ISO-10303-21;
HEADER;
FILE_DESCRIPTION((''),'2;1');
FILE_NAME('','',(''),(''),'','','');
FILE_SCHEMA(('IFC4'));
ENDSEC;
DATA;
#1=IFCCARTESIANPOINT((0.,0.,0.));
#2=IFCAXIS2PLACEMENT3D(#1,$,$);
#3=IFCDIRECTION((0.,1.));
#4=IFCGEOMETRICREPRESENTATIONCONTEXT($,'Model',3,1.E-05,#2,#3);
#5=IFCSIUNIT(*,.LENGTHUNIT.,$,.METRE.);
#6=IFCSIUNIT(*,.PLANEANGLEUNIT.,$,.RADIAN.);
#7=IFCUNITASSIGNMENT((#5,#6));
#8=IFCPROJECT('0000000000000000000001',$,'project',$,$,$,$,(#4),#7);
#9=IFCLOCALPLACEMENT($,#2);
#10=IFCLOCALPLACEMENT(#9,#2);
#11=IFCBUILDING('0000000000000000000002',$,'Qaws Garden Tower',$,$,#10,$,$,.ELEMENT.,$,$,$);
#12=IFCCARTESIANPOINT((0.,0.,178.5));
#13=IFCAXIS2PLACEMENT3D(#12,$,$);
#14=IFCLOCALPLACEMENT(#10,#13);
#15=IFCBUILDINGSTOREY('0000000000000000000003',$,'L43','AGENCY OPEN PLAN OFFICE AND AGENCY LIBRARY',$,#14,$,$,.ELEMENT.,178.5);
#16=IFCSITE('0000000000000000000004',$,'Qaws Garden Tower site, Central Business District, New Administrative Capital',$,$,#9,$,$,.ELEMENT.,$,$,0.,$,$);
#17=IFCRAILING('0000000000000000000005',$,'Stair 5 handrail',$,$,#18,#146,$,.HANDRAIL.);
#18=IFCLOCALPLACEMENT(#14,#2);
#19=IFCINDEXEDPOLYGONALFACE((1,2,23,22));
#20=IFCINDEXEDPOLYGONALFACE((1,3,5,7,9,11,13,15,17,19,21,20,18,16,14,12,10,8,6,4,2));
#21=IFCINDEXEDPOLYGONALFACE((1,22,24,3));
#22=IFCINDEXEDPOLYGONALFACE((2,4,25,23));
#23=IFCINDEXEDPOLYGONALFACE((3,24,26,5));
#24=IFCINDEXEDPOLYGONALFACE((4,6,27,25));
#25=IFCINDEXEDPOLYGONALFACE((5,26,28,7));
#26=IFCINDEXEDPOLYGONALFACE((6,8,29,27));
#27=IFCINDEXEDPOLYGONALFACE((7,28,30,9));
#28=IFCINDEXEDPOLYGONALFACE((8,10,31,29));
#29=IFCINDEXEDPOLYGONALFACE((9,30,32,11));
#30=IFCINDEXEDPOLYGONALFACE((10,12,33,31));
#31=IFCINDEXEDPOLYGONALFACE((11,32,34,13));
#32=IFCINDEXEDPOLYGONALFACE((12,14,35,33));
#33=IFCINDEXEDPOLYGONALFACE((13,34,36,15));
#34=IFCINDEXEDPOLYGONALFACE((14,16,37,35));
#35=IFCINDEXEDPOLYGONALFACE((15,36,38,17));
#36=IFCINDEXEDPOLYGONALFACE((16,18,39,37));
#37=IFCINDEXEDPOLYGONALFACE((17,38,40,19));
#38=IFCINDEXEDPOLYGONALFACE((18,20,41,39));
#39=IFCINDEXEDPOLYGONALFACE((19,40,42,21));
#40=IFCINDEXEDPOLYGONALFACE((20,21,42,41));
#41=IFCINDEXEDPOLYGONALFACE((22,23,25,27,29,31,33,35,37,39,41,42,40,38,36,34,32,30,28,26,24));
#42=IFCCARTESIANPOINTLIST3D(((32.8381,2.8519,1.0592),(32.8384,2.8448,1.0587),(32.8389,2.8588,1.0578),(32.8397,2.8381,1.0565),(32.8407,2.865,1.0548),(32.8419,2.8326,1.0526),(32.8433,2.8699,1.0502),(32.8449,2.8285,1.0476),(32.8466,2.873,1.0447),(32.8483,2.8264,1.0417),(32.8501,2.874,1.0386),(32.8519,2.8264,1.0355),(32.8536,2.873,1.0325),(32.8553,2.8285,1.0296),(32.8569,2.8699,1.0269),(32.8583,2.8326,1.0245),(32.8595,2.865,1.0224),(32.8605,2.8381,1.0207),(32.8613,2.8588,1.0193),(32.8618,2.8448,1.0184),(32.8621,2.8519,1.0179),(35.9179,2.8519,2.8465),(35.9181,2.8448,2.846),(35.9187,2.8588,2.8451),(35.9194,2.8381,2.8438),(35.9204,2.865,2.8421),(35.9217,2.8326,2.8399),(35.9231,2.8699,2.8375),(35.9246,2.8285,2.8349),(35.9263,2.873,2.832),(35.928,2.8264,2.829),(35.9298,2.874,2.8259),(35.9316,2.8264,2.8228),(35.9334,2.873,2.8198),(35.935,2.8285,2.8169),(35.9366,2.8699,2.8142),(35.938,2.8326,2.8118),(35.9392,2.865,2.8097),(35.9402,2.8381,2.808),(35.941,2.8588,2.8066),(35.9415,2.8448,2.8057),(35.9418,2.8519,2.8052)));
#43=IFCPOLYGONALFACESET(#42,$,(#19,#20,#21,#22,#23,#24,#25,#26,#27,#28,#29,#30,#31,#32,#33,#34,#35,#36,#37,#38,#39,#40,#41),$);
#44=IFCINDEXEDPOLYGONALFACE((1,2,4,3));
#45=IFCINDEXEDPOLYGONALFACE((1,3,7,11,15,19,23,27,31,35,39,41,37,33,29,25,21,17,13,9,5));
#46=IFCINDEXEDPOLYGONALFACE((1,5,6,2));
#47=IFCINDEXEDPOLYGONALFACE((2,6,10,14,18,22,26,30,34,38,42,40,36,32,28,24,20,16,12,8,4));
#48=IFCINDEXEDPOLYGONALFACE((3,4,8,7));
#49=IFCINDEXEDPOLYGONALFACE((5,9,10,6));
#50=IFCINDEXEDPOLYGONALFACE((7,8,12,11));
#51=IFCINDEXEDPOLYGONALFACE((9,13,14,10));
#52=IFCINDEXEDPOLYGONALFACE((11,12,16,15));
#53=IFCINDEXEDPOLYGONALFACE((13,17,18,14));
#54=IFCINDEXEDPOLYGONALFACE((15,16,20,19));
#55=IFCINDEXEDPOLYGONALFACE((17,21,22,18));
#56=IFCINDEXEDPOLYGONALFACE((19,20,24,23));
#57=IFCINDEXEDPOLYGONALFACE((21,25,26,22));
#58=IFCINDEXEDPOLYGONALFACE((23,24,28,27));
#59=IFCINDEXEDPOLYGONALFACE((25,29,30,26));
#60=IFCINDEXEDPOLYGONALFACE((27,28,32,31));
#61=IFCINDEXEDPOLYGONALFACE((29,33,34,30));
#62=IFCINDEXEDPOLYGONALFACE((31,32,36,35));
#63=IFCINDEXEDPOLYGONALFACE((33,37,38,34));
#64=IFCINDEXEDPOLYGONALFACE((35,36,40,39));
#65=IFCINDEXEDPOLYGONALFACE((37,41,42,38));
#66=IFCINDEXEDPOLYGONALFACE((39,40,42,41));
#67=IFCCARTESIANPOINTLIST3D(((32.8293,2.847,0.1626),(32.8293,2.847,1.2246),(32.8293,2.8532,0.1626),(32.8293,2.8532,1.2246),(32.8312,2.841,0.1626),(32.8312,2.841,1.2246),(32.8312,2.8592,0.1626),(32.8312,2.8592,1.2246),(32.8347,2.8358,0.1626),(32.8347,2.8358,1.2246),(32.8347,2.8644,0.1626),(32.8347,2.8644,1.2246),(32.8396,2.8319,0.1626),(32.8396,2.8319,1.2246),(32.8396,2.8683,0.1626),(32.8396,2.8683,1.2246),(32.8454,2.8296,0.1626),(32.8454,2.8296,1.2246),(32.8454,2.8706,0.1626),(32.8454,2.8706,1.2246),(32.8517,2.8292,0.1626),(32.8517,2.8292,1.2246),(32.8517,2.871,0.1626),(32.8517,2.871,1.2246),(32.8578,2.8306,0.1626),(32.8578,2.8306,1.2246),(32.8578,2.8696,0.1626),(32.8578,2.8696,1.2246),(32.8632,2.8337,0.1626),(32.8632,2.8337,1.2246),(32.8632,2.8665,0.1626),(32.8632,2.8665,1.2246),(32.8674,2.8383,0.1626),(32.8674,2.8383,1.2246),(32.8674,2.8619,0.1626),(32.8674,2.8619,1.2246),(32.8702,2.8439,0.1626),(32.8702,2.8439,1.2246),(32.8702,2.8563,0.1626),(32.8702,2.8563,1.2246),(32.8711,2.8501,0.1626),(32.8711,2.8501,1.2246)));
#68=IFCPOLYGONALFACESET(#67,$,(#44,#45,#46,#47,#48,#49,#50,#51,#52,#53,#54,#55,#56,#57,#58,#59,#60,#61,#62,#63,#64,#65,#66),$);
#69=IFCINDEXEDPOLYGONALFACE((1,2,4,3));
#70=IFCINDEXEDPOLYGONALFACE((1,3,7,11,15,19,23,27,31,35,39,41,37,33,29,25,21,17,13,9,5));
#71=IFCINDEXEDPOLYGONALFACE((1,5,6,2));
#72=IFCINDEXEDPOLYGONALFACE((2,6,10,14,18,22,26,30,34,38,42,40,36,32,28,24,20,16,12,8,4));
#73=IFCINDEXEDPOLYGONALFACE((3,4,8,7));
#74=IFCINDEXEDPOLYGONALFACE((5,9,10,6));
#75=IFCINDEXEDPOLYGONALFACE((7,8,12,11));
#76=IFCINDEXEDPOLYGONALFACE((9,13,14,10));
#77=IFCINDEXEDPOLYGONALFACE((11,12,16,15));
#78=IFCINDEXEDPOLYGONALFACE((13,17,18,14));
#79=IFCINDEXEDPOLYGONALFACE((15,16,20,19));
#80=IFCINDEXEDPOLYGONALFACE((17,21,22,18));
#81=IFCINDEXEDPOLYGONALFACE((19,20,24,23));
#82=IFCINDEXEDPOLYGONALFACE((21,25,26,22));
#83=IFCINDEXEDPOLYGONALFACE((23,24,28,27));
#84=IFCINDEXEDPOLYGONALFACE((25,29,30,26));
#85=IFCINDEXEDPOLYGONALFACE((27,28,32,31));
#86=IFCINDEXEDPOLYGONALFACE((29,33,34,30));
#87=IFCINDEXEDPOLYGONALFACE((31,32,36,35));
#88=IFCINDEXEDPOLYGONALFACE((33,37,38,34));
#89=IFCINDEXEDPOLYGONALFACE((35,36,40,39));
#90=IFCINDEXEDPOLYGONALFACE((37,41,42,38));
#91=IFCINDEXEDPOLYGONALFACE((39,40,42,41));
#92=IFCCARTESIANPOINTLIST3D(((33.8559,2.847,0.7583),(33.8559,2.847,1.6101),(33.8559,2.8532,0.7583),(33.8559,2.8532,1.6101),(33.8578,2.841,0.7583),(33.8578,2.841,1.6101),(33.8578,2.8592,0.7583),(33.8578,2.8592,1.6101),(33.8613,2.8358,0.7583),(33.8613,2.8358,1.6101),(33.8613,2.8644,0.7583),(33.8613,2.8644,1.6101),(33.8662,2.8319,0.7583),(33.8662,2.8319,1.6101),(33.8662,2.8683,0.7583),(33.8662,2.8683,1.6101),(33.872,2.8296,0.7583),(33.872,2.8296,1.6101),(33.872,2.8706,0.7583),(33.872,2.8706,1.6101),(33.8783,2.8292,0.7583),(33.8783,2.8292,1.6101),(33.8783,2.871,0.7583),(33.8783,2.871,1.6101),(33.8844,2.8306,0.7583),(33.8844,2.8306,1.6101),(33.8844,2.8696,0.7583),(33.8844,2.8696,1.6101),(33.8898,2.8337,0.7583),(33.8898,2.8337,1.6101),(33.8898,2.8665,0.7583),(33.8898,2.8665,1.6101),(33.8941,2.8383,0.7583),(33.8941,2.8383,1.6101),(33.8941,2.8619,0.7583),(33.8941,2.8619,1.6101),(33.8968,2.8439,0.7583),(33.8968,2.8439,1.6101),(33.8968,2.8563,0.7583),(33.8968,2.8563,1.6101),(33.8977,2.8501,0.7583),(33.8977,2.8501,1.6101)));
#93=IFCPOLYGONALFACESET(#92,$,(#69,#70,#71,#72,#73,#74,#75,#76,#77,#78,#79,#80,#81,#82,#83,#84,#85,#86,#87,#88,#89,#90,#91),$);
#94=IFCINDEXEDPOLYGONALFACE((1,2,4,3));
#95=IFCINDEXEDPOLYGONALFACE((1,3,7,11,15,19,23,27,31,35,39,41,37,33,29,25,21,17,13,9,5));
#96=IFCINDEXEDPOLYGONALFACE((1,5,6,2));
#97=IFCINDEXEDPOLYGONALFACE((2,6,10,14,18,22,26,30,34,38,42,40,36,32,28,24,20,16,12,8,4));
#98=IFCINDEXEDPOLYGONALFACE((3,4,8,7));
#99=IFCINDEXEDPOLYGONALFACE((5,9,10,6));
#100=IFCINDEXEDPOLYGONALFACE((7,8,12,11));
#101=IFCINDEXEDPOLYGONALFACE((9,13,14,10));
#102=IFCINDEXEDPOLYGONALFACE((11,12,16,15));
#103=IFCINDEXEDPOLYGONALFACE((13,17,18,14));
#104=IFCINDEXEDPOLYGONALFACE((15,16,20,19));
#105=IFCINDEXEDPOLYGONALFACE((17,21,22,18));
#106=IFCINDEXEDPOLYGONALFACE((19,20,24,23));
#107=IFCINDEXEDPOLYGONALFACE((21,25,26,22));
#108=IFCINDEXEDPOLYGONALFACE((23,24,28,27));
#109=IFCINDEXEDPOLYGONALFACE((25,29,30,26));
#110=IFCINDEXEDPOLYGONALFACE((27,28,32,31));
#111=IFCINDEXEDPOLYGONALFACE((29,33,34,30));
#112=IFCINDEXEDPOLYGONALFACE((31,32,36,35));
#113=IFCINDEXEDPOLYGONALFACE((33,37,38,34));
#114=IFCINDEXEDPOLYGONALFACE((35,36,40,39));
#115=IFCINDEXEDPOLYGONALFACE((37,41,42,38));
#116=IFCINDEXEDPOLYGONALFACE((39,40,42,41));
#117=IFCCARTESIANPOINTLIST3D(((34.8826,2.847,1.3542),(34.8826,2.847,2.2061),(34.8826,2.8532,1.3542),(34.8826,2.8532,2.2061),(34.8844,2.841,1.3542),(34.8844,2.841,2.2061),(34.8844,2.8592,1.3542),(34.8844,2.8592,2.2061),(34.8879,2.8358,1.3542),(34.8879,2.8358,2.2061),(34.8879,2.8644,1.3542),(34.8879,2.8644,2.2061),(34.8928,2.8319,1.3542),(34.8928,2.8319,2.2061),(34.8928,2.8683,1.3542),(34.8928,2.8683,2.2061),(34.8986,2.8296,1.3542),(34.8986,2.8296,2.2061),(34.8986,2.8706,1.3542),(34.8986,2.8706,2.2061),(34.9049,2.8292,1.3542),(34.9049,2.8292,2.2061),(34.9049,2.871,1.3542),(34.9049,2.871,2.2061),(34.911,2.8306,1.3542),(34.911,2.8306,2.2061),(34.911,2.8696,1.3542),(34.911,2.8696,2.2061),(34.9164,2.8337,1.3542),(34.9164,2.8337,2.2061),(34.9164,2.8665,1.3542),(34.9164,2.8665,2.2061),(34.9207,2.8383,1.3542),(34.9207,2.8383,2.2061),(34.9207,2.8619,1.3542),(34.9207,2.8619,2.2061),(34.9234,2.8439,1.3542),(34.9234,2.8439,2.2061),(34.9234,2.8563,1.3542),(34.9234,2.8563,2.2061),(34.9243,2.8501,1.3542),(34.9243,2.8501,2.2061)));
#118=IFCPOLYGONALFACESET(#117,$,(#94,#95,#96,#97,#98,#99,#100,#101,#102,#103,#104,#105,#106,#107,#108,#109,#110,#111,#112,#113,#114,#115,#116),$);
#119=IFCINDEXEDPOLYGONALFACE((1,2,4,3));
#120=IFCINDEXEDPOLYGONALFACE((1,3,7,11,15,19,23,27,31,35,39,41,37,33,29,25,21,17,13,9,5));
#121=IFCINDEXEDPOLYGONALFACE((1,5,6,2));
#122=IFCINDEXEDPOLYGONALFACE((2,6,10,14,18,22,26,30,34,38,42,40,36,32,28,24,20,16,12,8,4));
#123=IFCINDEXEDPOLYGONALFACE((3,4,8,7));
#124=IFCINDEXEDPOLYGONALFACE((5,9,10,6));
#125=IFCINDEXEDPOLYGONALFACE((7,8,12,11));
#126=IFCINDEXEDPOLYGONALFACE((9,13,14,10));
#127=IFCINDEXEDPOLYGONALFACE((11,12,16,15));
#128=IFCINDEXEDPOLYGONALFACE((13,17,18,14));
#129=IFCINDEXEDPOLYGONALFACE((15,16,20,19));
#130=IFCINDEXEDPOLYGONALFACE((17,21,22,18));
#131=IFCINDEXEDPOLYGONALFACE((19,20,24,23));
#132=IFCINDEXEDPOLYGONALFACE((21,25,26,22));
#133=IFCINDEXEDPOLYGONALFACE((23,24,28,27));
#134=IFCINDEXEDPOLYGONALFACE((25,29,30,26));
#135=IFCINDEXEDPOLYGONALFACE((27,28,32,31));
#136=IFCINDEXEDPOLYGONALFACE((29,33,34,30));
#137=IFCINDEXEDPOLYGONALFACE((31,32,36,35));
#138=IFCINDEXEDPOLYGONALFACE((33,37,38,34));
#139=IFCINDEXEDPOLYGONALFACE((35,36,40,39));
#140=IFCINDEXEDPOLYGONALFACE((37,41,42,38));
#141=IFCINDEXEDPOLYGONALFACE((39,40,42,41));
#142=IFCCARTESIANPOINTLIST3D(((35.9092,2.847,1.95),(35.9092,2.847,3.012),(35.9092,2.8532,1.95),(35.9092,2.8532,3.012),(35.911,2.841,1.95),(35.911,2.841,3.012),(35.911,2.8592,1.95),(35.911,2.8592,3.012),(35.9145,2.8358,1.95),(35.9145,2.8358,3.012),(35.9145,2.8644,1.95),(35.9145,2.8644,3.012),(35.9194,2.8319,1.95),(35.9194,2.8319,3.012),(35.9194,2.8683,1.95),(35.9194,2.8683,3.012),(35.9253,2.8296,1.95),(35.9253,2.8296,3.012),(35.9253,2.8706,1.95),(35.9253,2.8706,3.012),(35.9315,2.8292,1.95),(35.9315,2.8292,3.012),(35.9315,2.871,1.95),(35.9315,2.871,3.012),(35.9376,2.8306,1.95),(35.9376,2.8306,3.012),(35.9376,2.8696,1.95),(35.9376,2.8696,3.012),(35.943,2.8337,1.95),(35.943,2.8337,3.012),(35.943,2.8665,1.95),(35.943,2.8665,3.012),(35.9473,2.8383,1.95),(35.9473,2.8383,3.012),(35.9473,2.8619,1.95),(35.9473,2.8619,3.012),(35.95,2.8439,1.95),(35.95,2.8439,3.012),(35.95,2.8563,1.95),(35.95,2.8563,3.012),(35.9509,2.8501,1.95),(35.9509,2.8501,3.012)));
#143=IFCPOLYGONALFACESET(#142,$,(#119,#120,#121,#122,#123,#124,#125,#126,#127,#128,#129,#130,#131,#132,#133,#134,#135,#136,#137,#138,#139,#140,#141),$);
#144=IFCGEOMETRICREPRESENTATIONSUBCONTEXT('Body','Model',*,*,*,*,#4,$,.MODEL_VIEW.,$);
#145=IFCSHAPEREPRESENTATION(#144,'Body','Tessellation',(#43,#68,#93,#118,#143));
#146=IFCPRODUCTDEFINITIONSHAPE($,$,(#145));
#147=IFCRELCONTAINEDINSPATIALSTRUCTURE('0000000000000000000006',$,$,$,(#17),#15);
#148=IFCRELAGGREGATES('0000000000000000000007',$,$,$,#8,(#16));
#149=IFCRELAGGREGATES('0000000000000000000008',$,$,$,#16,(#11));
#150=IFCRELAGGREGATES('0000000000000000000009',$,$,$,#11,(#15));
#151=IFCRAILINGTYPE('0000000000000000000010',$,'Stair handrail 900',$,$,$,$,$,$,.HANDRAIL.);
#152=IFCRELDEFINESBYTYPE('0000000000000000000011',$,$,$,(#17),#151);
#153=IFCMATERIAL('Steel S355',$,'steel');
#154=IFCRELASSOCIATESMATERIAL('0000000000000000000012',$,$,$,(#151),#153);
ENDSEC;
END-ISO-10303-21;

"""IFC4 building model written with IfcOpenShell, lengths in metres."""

from ifc_helpers import new_model, si_unit, direction, frame, origin, origin_2d, place, context, subcontext, project, spatial, circle, extrude, material, type_object, element, save


model = new_model("IFC4")

# Units and contexts
model_context = context("Model", 3, precision=1e-05, world=origin(), true_north=direction((0.0, 1.0)))
body_context = subcontext(model_context, "Body", "Model", "MODEL_VIEW")
ifc_project = project(units=[si_unit("LENGTHUNIT", "METRE"), si_unit("PLANEANGLEUNIT", "RADIAN")], contexts=[model_context])

# Site, building, storey
site_placement = place(None, origin())
site = spatial("IfcSite", under=ifc_project, at=site_placement, Name="Qaws Garden Tower site, Central Business District, New Administrative Capital", CompositionType="ELEMENT", RefElevation=0.0)
building_placement = place(site_placement, origin())
building = spatial("IfcBuilding", under=site, at=building_placement, Name="Qaws Garden Tower", CompositionType="ELEMENT")
storey_placement = place(building_placement, frame((0.0, 0.0, 178.5)))
storey = spatial("IfcBuildingStorey", under=building, at=storey_placement, Name="L43", Description="AGENCY OPEN PLAN OFFICE AND AGENCY LIBRARY", CompositionType="ELEMENT", Elevation=178.5)

# Railing
ifc_material_1 = material(Name="Steel S355", Category="steel")
railing_type = type_object("IfcRailingType", Name="Stair handrail 900", PredefinedType="HANDRAIL", material=ifc_material_1)
railing_placement = place(storey_placement, frame((32.8501, 2.8501, 0.1626)))
element("IfcRailing", 1, at=railing_placement, inside=storey, type_object=railing_type, Name="Stair 5 handrail", PredefinedType="HANDRAIL", context=body_context, shape_type="SweptSolid", body=[
    extrude(circle(Radius=0.0239, at=origin_2d()), frame((0.0, 0.0, 0.876), z_axis=(0.864903, 0.0, 0.501939), x_axis=(0.0, 1.0, 0.0)), (0.0, 0.0, 1.0), 3.5608),
    extrude(circle(Radius=0.021, at=origin_2d()), origin(), (0.0, 0.0, 1.0), 1.062),
    extrude(circle(Radius=0.021, at=origin_2d()), frame((1.0266, 0.0, 0.5957)), (0.0, 0.0, 1.0), 0.8518),
    extrude(circle(Radius=0.021, at=origin_2d()), frame((2.0532, 0.0, 1.1917)), (0.0, 0.0, 1.0), 0.8518),
    extrude(circle(Radius=0.021, at=origin_2d()), frame((3.0798, 0.0, 1.7874)), (0.0, 0.0, 1.0), 1.062),
])

save(model, "model.ifc")
